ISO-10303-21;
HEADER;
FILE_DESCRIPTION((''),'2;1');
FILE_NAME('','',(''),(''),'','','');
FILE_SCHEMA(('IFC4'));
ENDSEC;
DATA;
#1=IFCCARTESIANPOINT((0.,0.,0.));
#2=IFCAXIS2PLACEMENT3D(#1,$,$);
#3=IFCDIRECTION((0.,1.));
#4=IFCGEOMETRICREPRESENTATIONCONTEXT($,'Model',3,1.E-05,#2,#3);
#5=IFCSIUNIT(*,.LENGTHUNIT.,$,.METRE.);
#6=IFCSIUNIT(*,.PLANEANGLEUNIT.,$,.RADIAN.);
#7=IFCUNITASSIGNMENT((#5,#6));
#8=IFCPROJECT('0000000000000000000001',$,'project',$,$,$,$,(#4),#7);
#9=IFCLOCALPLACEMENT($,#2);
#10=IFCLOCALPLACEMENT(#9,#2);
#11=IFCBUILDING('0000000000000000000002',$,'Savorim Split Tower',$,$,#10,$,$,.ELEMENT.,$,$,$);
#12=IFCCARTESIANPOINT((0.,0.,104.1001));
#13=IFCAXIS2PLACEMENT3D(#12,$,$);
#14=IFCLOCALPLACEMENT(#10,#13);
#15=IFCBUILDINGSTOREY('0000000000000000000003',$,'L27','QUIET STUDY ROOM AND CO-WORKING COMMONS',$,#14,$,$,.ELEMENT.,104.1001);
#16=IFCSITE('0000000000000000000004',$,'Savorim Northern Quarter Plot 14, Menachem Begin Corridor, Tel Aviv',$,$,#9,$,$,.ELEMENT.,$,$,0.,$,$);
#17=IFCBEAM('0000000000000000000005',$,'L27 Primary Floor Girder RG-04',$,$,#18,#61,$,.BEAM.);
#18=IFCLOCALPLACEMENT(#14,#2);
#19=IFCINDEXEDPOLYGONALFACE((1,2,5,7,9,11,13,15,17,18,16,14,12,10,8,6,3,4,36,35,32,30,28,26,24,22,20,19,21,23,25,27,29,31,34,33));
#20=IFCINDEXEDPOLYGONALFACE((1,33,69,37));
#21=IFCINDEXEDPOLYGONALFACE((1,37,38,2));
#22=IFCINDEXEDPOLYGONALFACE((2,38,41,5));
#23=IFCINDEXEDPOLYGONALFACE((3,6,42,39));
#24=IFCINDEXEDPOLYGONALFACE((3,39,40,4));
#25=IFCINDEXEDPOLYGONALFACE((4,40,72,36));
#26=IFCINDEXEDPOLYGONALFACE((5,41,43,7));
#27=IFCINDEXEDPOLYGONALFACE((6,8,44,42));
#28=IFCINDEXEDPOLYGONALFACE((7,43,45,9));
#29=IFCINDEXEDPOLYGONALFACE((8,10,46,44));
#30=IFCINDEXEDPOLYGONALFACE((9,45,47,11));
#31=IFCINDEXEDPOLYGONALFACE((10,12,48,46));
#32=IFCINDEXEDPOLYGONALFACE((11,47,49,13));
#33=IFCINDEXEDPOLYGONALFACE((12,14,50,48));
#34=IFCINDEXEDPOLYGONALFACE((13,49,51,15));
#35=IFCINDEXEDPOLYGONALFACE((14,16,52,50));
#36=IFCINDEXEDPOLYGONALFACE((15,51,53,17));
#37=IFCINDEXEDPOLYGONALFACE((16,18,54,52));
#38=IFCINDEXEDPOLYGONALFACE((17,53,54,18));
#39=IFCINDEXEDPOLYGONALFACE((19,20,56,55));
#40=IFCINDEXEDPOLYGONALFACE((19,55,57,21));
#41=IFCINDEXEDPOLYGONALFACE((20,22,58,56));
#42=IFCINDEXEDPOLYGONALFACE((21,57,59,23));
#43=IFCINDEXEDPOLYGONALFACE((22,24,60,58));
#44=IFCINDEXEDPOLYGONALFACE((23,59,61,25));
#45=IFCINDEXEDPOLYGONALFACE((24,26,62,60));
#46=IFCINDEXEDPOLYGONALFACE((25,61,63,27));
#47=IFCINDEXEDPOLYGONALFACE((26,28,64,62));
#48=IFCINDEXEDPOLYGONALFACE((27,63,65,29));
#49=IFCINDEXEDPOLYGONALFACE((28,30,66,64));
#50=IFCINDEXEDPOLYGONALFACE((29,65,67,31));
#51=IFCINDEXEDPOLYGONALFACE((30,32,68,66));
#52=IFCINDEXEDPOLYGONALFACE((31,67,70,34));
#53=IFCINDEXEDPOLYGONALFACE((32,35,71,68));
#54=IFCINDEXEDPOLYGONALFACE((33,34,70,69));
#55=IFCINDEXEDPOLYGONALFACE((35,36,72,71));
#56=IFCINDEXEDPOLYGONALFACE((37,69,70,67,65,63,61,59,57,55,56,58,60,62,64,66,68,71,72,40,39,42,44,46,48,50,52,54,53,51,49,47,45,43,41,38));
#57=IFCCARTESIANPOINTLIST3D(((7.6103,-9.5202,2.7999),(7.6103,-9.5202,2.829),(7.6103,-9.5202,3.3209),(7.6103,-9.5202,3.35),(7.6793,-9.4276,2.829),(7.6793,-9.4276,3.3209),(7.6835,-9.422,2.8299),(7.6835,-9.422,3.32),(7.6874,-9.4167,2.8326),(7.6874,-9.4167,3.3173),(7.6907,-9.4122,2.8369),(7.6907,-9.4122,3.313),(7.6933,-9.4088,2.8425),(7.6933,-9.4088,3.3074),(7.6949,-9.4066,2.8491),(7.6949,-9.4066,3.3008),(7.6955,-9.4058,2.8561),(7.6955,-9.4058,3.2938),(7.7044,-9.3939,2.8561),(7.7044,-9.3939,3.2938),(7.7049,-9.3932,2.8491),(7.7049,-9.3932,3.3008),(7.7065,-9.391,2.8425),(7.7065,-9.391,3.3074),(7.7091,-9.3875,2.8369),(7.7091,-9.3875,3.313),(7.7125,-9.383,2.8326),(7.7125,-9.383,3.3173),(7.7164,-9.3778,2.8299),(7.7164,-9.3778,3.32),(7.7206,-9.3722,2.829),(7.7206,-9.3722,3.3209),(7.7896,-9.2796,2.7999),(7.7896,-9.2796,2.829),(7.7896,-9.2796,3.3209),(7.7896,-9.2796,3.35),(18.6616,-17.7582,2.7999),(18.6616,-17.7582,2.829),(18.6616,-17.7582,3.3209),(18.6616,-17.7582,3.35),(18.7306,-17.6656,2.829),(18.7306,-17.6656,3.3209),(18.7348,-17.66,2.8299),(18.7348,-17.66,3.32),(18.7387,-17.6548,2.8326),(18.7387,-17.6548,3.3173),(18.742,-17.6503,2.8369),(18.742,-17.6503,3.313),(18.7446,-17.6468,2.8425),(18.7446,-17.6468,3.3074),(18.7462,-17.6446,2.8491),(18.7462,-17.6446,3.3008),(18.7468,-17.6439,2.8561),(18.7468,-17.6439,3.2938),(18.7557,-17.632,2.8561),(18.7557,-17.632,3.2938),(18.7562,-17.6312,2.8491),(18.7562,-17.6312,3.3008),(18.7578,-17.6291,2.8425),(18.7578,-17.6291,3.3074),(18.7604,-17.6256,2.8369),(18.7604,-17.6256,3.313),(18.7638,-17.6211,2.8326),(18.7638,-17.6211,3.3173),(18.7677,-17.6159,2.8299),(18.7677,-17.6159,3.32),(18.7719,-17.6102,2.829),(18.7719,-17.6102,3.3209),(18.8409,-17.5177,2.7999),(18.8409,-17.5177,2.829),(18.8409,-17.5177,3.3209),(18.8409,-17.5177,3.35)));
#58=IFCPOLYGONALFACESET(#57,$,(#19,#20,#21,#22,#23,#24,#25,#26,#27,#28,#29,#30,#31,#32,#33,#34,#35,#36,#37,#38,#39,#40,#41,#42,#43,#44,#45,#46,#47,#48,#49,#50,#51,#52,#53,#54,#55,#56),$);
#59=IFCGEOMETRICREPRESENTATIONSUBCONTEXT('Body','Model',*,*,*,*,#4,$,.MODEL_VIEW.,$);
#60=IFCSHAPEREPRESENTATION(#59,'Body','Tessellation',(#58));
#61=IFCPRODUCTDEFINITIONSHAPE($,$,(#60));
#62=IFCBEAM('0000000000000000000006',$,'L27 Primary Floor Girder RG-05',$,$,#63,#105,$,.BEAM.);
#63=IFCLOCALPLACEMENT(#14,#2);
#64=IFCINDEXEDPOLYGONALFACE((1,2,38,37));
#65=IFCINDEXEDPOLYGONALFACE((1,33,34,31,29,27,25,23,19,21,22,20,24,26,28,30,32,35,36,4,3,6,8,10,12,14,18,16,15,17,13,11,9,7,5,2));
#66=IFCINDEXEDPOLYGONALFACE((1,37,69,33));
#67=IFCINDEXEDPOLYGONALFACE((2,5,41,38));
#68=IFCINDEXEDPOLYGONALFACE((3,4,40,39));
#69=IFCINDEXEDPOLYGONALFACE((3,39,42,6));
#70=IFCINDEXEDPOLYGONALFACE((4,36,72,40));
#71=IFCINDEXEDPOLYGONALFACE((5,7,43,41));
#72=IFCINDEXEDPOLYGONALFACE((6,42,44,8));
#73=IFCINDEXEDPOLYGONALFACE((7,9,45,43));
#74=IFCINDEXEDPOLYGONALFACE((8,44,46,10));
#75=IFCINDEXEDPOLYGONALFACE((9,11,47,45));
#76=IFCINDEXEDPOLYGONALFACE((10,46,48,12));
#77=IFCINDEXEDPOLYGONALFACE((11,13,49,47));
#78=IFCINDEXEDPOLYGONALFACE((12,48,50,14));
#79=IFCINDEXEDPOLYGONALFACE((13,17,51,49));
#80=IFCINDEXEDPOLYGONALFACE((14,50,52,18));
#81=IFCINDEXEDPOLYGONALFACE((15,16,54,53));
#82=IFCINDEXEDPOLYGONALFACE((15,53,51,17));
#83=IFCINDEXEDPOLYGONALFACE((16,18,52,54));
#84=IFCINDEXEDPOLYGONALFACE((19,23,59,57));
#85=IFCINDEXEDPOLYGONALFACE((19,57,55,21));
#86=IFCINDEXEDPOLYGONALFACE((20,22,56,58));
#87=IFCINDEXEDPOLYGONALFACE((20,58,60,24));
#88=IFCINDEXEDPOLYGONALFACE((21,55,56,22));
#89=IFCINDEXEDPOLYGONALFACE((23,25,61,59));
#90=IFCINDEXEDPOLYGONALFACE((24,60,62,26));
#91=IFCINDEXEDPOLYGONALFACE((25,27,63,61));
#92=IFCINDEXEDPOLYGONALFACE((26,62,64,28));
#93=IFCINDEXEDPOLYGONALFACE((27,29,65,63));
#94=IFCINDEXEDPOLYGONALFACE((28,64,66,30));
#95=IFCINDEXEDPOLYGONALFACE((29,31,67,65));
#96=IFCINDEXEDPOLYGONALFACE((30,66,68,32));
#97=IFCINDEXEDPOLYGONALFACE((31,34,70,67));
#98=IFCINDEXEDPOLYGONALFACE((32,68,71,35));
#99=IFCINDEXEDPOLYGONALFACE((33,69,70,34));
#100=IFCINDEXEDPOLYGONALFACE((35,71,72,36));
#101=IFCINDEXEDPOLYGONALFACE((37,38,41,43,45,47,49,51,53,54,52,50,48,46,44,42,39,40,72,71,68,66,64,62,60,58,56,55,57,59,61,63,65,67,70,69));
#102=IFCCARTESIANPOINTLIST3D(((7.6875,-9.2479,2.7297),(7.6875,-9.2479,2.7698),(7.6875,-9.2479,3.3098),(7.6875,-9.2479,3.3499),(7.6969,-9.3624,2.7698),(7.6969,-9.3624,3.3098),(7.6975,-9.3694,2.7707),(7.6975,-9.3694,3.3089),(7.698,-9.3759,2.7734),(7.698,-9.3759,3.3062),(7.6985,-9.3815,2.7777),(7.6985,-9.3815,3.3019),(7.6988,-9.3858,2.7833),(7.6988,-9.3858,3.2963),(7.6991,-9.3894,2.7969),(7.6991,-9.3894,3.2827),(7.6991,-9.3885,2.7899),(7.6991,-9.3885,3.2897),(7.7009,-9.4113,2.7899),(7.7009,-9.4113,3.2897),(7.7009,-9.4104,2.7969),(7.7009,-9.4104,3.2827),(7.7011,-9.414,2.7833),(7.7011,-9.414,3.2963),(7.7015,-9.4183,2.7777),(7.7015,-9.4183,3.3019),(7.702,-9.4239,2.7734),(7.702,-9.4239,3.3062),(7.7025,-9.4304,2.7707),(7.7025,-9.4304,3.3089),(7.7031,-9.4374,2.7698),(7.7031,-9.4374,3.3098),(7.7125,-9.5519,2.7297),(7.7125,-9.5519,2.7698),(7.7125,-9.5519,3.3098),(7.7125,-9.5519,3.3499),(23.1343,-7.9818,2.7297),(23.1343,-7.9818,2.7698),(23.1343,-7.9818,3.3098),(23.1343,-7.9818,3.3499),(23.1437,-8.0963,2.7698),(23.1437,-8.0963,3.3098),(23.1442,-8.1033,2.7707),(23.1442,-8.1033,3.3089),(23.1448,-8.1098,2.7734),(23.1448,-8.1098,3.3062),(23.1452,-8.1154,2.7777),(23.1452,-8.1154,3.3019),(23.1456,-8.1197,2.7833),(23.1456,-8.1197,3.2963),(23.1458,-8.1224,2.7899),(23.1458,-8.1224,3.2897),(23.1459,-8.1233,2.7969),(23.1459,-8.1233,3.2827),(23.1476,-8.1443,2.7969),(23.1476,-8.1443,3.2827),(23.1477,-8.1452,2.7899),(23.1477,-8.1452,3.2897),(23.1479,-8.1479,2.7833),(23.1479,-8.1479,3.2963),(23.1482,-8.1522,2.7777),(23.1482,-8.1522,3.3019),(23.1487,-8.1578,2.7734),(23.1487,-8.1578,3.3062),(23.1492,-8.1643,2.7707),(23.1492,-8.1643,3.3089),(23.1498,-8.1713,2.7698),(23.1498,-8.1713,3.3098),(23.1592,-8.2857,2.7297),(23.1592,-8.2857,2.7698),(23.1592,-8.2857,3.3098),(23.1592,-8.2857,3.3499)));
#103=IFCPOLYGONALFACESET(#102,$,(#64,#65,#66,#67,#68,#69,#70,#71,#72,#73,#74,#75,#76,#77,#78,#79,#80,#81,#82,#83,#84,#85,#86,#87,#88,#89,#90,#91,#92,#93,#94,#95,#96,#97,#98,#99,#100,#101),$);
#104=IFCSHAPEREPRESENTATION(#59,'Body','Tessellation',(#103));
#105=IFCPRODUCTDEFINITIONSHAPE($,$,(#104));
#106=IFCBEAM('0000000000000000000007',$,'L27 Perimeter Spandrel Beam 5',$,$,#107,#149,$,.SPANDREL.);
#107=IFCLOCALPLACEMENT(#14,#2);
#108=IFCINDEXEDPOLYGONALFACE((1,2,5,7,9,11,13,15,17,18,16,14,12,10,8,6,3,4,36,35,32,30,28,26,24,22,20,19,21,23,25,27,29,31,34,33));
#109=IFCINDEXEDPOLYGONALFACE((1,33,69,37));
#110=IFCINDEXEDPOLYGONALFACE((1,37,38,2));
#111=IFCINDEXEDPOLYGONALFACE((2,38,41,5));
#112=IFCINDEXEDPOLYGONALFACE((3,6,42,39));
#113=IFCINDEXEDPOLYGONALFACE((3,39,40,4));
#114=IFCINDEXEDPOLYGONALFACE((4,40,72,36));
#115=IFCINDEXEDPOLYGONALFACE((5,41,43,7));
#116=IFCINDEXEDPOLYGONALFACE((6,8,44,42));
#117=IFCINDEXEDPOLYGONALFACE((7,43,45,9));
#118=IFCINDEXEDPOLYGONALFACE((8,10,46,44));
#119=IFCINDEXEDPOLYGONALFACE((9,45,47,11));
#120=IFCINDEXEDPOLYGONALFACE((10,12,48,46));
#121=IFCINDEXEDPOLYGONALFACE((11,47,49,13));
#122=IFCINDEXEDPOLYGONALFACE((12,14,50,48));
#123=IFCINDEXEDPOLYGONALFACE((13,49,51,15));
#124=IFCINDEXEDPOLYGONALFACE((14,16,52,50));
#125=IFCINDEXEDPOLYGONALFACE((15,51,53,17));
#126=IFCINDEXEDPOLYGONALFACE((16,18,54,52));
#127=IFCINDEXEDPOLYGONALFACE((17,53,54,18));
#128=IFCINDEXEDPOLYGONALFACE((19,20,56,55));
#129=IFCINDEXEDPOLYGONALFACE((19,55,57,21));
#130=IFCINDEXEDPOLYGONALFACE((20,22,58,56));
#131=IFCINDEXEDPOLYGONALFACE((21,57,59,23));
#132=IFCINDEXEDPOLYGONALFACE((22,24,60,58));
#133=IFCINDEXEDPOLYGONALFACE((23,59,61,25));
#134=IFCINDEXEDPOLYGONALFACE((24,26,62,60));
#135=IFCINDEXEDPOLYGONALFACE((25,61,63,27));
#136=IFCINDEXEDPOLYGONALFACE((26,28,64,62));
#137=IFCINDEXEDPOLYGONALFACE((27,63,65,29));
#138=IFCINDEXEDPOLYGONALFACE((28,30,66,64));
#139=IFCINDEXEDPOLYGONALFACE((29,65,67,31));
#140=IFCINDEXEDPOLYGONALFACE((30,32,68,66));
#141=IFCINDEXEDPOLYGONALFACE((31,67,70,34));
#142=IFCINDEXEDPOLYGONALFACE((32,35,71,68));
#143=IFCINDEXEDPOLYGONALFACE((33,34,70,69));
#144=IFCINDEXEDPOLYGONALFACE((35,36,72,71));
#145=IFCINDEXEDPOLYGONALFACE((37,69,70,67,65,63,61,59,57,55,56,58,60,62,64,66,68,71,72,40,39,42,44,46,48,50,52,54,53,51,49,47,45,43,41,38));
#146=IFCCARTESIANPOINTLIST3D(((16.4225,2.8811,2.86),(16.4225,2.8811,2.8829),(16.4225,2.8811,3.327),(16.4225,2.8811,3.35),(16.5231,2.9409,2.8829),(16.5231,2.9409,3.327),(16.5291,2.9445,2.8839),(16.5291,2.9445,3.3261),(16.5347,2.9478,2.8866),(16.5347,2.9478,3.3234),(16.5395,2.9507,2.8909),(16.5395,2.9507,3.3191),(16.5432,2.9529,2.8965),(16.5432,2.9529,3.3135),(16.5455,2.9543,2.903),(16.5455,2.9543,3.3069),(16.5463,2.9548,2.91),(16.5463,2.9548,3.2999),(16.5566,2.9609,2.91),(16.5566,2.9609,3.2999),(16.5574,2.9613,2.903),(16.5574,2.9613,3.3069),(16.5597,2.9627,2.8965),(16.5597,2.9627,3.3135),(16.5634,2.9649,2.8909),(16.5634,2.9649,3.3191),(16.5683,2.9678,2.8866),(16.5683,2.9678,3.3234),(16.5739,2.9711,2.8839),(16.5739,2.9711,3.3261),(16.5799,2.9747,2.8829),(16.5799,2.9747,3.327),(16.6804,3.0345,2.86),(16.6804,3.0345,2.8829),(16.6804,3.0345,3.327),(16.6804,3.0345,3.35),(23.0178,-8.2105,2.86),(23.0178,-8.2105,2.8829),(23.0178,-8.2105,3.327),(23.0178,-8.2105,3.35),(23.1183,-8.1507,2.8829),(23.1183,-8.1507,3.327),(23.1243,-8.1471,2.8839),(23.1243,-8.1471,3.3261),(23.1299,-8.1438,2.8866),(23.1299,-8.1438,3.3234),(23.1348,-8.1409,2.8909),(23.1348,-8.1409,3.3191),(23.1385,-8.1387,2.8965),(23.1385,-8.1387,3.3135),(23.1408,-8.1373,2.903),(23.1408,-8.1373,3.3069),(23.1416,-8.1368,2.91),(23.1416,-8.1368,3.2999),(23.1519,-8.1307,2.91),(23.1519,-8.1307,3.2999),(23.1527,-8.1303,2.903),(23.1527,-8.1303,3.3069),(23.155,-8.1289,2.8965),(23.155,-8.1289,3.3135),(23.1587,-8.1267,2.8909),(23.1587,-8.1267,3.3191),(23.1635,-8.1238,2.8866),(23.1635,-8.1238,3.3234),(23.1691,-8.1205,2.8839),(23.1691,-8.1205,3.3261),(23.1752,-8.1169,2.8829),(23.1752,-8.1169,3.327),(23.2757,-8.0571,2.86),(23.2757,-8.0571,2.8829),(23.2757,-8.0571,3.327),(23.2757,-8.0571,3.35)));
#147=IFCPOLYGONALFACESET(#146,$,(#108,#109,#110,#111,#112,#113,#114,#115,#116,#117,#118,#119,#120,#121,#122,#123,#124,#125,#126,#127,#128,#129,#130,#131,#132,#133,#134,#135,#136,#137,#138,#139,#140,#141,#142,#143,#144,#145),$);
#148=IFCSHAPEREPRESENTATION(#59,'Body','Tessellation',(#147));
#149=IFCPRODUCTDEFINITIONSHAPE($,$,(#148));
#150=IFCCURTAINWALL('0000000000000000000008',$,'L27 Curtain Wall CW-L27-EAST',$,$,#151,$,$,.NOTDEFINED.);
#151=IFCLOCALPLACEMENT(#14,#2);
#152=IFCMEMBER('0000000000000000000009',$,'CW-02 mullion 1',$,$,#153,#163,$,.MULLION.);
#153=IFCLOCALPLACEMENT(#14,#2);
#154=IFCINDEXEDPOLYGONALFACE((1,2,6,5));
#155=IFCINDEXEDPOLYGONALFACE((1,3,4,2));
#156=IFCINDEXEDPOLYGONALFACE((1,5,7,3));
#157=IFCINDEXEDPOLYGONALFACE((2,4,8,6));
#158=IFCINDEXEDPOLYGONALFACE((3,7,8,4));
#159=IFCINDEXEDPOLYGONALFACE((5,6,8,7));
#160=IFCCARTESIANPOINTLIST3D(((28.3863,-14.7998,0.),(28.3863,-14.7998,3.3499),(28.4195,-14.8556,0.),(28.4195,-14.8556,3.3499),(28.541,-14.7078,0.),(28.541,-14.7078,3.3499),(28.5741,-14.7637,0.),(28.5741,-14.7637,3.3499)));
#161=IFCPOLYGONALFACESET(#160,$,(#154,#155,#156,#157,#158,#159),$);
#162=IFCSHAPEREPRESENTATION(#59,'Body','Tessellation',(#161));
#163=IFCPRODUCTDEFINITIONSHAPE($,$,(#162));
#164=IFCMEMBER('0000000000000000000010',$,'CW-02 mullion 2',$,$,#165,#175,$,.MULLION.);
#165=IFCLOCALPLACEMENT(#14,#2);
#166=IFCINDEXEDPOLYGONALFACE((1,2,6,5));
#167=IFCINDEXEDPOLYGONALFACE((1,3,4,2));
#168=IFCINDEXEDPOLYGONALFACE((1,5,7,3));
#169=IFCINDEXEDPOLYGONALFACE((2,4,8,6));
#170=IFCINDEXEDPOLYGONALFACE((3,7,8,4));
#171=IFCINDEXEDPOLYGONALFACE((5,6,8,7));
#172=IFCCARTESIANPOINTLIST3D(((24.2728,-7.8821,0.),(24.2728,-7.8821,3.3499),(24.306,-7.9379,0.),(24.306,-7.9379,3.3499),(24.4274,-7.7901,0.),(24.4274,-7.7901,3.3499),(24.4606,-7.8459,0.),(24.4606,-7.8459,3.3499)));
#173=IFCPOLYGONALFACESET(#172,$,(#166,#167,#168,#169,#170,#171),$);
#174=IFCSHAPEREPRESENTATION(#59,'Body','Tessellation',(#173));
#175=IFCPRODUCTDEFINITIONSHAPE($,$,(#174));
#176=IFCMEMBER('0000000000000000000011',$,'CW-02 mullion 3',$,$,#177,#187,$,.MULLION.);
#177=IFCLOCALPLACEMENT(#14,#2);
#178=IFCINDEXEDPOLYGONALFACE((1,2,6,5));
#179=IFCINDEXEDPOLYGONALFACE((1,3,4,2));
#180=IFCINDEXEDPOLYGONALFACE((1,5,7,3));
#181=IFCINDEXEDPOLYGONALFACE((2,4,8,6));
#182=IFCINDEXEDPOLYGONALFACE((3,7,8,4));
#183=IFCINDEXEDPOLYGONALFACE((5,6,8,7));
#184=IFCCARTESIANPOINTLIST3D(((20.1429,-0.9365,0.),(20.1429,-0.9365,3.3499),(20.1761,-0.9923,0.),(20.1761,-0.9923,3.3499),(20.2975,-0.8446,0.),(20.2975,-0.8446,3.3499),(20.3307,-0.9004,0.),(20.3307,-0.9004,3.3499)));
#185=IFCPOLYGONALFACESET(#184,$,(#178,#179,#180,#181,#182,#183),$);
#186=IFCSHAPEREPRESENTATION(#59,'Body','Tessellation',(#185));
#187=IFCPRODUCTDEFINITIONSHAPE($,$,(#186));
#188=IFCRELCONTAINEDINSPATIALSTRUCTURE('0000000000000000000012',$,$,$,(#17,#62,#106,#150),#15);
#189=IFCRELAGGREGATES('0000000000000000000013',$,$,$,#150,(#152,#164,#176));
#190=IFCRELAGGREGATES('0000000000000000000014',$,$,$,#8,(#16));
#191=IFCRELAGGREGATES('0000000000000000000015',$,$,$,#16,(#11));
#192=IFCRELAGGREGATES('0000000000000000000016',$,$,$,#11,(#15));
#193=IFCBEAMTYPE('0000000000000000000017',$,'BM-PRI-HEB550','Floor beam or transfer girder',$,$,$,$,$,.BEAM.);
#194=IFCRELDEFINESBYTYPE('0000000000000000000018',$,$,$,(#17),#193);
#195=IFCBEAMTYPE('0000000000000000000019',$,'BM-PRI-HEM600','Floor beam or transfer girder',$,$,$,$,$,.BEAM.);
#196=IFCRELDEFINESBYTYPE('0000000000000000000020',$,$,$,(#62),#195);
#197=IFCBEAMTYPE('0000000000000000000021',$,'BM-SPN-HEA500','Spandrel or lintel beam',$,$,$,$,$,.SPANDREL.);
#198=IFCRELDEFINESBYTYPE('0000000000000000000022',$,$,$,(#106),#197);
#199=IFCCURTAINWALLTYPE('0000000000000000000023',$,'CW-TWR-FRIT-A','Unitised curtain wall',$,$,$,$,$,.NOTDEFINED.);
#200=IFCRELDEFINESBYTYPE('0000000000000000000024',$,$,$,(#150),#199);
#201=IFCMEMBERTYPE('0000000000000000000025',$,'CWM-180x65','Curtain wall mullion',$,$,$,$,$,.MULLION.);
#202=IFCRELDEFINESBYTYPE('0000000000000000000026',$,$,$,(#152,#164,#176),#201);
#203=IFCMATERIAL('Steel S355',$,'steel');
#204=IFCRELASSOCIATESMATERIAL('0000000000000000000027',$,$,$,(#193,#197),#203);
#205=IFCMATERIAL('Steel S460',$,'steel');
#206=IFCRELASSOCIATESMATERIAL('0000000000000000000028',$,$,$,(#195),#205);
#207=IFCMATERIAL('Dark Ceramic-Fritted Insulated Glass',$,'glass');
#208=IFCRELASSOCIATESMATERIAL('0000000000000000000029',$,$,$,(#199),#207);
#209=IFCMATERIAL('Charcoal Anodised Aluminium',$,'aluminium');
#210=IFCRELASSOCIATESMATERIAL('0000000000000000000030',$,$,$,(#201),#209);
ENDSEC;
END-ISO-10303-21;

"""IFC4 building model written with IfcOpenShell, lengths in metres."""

from ifc_helpers import new_model, si_unit, direction, frame, origin, origin_2d, place, context, subcontext, project, spatial, rectangle, i_section, extrude, material, material_profile, profile_set, type_object, element, aggregate, save


model = new_model("IFC4")

# Units and contexts
model_context = context("Model", 3, precision=1e-05, world=origin(), true_north=direction((0.0, 1.0)))
body_context = subcontext(model_context, "Body", "Model", "MODEL_VIEW")
ifc_project = project(units=[si_unit("LENGTHUNIT", "METRE"), si_unit("PLANEANGLEUNIT", "RADIAN")], contexts=[model_context])

# Site, building, storey
site_placement = place(None, origin())
site = spatial("IfcSite", under=ifc_project, at=site_placement, Name="Savorim Northern Quarter Plot 14, Menachem Begin Corridor, Tel Aviv", CompositionType="ELEMENT", RefElevation=0.0)
building_placement = place(site_placement, origin())
building = spatial("IfcBuilding", under=site, at=building_placement, Name="Savorim Split Tower", CompositionType="ELEMENT")
storey_placement = place(building_placement, frame((0.0, 0.0, 104.1001)))
storey = spatial("IfcBuildingStorey", under=building, at=storey_placement, Name="L27", Description="QUIET STUDY ROOM AND CO-WORKING COMMONS", CompositionType="ELEMENT", Elevation=104.1001)

# Shared definitions
ifc_material_1 = material(Name="Steel S460", Category="steel")

# Beams
ifc_material_2 = material(Name="Steel S355", Category="steel")
ifc_material_profile_1 = material_profile(ifc_material_2, i_section(OverallWidth=0.3, OverallDepth=0.55, WebThickness=0.0149, FlangeThickness=0.0291, FilletRadius=0.0271, at=origin_2d()), Name="HEB 550")
ifc_profile_set_1 = profile_set([ifc_material_profile_1], Name="Steel S355")
beam_type_1 = type_object("IfcBeamType", Name="BM-PRI-HEB550", Description="Floor beam or transfer girder", PredefinedType="BEAM", material=ifc_profile_set_1)
beam_1_placement = place(storey_placement, frame((18.7512, -17.6379, 3.075), z_axis=(-0.801752, 0.597657, 0.0), x_axis=(-0.597657, -0.801752, 0.0)))
element("IfcBeam", 1, at=beam_1_placement, inside=storey, type_object=beam_type_1, Name="L27 Primary Floor Girder RG-04", PredefinedType="BEAM", context=body_context, shape_type="SweptSolid", body=[
    extrude(i_section(OverallWidth=0.3, OverallDepth=0.55, WebThickness=0.0149, FlangeThickness=0.0291, FilletRadius=0.0271, at=origin_2d()), origin(), (0.0, 0.0, 1.0), 13.7839),
])
ifc_material_profile_2 = material_profile(ifc_material_1, i_section(OverallWidth=0.3049, OverallDepth=0.6201, WebThickness=0.021, FlangeThickness=0.04, FilletRadius=0.0271, at=origin_2d()), Name="HE 600 M")
ifc_profile_set_2 = profile_set([ifc_material_profile_2], Name="Steel S460")
beam_type_2 = type_object("IfcBeamType", Name="BM-PRI-HEM600", Description="Floor beam or transfer girder", PredefinedType="BEAM", material=ifc_profile_set_2)
beam_2_placement = place(storey_placement, frame((23.1467, -8.1338, 3.0398), z_axis=(-0.996658, -0.081692, 0.0), x_axis=(0.081692, -0.996658, 0.0)))
element("IfcBeam", 2, at=beam_2_placement, inside=storey, type_object=beam_type_2, Name="L27 Primary Floor Girder RG-05", PredefinedType="BEAM", context=body_context, shape_type="SweptSolid", body=[
    extrude(i_section(OverallWidth=0.3049, OverallDepth=0.6201, WebThickness=0.021, FlangeThickness=0.04, FilletRadius=0.0271, at=origin_2d()), origin(), (0.0, 0.0, 1.0), 15.4985),
])
ifc_material_profile_3 = material_profile(ifc_material_2, i_section(OverallWidth=0.3, OverallDepth=0.49, WebThickness=0.012, FlangeThickness=0.0229, FilletRadius=0.0271, at=origin_2d()), Name="HEA 500")
ifc_profile_set_3 = profile_set([ifc_material_profile_3], Name="Steel S355")
beam_type_3 = type_object("IfcBeamType", Name="BM-SPN-HEA500", Description="Spandrel or lintel beam", PredefinedType="SPANDREL", material=ifc_profile_set_3)
beam_3_placement = place(storey_placement, frame((23.1467, -8.1338, 3.105), z_axis=(-0.511089, 0.859528, 0.0), x_axis=(-0.859528, -0.511089, 0.0)))
element("IfcBeam", 3, at=beam_3_placement, inside=storey, type_object=beam_type_3, Name="L27 Perimeter Spandrel Beam 5", PredefinedType="SPANDREL", context=body_context, shape_type="SweptSolid", body=[
    extrude(i_section(OverallWidth=0.3, OverallDepth=0.49, WebThickness=0.012, FlangeThickness=0.0229, FilletRadius=0.0271, at=origin_2d()), origin(), (0.0, 0.0, 1.0), 12.9043),
])

# Curtain wall, members
ifc_material_3 = material(Name="Dark Ceramic-Fritted Insulated Glass", Category="glass")
curtain_wall_type = type_object("IfcCurtainWallType", Name="CW-TWR-FRIT-A", Description="Unitised curtain wall", PredefinedType="NOTDEFINED", material=ifc_material_3)
curtain_wall_placement = place(storey_placement, origin())
curtain_wall = element("IfcCurtainWall", 4, at=curtain_wall_placement, inside=storey, type_object=curtain_wall_type, Name="L27 Curtain Wall CW-L27-EAST", PredefinedType="NOTDEFINED")
ifc_material_4 = material(Name="Charcoal Anodised Aluminium", Category="aluminium")
ifc_material_profile_4 = material_profile(ifc_material_4, rectangle(XDim=0.1799, YDim=0.0649, at=origin_2d()), Name="ALU-M 180x65")
ifc_profile_set_4 = profile_set([ifc_material_profile_4], Name="Charcoal Anodised Aluminium")
member_type_1 = type_object("IfcMemberType", Name="CWM-180x65", Description="Curtain wall mullion", PredefinedType="MULLION", material=ifc_profile_set_4)
member_1_placement = place(storey_placement, frame((28.4802, -14.7817, 0.0), z_axis=(0.0, 0.0, 1.0), x_axis=(-0.859525, -0.511094, 0.0)))
member_1 = element("IfcMember", 5, at=member_1_placement, type_object=member_type_1, Name="CW-02 mullion 1", PredefinedType="MULLION", context=body_context, shape_type="SweptSolid", body=[
    extrude(rectangle(XDim=0.1799, YDim=0.0649, at=origin_2d()), origin(), (0.0, 0.0, 1.0), 3.3499),
])
member_2_placement = place(storey_placement, frame((24.3667, -7.864, 0.0), z_axis=(0.0, 0.0, 1.0), x_axis=(-0.859525, -0.511094, 0.0)))
member_2 = element("IfcMember", 6, at=member_2_placement, type_object=member_type_1, Name="CW-02 mullion 2", PredefinedType="MULLION", context=body_context, shape_type="SweptSolid", body=[
    extrude(rectangle(XDim=0.1799, YDim=0.0649, at=origin_2d()), origin(), (0.0, 0.0, 1.0), 3.3499),
])
member_3_placement = place(storey_placement, frame((20.2368, -0.9185, 0.0), z_axis=(0.0, 0.0, 1.0), x_axis=(-0.859525, -0.511094, 0.0)))
member_3 = element("IfcMember", 7, at=member_3_placement, type_object=member_type_1, Name="CW-02 mullion 3", PredefinedType="MULLION", context=body_context, shape_type="SweptSolid", body=[
    extrude(rectangle(XDim=0.1799, YDim=0.0649, at=origin_2d()), origin(), (0.0, 0.0, 1.0), 3.3499),
])
aggregate(curtain_wall, [member_1, member_2, member_3])

save(model, "model.ifc")
